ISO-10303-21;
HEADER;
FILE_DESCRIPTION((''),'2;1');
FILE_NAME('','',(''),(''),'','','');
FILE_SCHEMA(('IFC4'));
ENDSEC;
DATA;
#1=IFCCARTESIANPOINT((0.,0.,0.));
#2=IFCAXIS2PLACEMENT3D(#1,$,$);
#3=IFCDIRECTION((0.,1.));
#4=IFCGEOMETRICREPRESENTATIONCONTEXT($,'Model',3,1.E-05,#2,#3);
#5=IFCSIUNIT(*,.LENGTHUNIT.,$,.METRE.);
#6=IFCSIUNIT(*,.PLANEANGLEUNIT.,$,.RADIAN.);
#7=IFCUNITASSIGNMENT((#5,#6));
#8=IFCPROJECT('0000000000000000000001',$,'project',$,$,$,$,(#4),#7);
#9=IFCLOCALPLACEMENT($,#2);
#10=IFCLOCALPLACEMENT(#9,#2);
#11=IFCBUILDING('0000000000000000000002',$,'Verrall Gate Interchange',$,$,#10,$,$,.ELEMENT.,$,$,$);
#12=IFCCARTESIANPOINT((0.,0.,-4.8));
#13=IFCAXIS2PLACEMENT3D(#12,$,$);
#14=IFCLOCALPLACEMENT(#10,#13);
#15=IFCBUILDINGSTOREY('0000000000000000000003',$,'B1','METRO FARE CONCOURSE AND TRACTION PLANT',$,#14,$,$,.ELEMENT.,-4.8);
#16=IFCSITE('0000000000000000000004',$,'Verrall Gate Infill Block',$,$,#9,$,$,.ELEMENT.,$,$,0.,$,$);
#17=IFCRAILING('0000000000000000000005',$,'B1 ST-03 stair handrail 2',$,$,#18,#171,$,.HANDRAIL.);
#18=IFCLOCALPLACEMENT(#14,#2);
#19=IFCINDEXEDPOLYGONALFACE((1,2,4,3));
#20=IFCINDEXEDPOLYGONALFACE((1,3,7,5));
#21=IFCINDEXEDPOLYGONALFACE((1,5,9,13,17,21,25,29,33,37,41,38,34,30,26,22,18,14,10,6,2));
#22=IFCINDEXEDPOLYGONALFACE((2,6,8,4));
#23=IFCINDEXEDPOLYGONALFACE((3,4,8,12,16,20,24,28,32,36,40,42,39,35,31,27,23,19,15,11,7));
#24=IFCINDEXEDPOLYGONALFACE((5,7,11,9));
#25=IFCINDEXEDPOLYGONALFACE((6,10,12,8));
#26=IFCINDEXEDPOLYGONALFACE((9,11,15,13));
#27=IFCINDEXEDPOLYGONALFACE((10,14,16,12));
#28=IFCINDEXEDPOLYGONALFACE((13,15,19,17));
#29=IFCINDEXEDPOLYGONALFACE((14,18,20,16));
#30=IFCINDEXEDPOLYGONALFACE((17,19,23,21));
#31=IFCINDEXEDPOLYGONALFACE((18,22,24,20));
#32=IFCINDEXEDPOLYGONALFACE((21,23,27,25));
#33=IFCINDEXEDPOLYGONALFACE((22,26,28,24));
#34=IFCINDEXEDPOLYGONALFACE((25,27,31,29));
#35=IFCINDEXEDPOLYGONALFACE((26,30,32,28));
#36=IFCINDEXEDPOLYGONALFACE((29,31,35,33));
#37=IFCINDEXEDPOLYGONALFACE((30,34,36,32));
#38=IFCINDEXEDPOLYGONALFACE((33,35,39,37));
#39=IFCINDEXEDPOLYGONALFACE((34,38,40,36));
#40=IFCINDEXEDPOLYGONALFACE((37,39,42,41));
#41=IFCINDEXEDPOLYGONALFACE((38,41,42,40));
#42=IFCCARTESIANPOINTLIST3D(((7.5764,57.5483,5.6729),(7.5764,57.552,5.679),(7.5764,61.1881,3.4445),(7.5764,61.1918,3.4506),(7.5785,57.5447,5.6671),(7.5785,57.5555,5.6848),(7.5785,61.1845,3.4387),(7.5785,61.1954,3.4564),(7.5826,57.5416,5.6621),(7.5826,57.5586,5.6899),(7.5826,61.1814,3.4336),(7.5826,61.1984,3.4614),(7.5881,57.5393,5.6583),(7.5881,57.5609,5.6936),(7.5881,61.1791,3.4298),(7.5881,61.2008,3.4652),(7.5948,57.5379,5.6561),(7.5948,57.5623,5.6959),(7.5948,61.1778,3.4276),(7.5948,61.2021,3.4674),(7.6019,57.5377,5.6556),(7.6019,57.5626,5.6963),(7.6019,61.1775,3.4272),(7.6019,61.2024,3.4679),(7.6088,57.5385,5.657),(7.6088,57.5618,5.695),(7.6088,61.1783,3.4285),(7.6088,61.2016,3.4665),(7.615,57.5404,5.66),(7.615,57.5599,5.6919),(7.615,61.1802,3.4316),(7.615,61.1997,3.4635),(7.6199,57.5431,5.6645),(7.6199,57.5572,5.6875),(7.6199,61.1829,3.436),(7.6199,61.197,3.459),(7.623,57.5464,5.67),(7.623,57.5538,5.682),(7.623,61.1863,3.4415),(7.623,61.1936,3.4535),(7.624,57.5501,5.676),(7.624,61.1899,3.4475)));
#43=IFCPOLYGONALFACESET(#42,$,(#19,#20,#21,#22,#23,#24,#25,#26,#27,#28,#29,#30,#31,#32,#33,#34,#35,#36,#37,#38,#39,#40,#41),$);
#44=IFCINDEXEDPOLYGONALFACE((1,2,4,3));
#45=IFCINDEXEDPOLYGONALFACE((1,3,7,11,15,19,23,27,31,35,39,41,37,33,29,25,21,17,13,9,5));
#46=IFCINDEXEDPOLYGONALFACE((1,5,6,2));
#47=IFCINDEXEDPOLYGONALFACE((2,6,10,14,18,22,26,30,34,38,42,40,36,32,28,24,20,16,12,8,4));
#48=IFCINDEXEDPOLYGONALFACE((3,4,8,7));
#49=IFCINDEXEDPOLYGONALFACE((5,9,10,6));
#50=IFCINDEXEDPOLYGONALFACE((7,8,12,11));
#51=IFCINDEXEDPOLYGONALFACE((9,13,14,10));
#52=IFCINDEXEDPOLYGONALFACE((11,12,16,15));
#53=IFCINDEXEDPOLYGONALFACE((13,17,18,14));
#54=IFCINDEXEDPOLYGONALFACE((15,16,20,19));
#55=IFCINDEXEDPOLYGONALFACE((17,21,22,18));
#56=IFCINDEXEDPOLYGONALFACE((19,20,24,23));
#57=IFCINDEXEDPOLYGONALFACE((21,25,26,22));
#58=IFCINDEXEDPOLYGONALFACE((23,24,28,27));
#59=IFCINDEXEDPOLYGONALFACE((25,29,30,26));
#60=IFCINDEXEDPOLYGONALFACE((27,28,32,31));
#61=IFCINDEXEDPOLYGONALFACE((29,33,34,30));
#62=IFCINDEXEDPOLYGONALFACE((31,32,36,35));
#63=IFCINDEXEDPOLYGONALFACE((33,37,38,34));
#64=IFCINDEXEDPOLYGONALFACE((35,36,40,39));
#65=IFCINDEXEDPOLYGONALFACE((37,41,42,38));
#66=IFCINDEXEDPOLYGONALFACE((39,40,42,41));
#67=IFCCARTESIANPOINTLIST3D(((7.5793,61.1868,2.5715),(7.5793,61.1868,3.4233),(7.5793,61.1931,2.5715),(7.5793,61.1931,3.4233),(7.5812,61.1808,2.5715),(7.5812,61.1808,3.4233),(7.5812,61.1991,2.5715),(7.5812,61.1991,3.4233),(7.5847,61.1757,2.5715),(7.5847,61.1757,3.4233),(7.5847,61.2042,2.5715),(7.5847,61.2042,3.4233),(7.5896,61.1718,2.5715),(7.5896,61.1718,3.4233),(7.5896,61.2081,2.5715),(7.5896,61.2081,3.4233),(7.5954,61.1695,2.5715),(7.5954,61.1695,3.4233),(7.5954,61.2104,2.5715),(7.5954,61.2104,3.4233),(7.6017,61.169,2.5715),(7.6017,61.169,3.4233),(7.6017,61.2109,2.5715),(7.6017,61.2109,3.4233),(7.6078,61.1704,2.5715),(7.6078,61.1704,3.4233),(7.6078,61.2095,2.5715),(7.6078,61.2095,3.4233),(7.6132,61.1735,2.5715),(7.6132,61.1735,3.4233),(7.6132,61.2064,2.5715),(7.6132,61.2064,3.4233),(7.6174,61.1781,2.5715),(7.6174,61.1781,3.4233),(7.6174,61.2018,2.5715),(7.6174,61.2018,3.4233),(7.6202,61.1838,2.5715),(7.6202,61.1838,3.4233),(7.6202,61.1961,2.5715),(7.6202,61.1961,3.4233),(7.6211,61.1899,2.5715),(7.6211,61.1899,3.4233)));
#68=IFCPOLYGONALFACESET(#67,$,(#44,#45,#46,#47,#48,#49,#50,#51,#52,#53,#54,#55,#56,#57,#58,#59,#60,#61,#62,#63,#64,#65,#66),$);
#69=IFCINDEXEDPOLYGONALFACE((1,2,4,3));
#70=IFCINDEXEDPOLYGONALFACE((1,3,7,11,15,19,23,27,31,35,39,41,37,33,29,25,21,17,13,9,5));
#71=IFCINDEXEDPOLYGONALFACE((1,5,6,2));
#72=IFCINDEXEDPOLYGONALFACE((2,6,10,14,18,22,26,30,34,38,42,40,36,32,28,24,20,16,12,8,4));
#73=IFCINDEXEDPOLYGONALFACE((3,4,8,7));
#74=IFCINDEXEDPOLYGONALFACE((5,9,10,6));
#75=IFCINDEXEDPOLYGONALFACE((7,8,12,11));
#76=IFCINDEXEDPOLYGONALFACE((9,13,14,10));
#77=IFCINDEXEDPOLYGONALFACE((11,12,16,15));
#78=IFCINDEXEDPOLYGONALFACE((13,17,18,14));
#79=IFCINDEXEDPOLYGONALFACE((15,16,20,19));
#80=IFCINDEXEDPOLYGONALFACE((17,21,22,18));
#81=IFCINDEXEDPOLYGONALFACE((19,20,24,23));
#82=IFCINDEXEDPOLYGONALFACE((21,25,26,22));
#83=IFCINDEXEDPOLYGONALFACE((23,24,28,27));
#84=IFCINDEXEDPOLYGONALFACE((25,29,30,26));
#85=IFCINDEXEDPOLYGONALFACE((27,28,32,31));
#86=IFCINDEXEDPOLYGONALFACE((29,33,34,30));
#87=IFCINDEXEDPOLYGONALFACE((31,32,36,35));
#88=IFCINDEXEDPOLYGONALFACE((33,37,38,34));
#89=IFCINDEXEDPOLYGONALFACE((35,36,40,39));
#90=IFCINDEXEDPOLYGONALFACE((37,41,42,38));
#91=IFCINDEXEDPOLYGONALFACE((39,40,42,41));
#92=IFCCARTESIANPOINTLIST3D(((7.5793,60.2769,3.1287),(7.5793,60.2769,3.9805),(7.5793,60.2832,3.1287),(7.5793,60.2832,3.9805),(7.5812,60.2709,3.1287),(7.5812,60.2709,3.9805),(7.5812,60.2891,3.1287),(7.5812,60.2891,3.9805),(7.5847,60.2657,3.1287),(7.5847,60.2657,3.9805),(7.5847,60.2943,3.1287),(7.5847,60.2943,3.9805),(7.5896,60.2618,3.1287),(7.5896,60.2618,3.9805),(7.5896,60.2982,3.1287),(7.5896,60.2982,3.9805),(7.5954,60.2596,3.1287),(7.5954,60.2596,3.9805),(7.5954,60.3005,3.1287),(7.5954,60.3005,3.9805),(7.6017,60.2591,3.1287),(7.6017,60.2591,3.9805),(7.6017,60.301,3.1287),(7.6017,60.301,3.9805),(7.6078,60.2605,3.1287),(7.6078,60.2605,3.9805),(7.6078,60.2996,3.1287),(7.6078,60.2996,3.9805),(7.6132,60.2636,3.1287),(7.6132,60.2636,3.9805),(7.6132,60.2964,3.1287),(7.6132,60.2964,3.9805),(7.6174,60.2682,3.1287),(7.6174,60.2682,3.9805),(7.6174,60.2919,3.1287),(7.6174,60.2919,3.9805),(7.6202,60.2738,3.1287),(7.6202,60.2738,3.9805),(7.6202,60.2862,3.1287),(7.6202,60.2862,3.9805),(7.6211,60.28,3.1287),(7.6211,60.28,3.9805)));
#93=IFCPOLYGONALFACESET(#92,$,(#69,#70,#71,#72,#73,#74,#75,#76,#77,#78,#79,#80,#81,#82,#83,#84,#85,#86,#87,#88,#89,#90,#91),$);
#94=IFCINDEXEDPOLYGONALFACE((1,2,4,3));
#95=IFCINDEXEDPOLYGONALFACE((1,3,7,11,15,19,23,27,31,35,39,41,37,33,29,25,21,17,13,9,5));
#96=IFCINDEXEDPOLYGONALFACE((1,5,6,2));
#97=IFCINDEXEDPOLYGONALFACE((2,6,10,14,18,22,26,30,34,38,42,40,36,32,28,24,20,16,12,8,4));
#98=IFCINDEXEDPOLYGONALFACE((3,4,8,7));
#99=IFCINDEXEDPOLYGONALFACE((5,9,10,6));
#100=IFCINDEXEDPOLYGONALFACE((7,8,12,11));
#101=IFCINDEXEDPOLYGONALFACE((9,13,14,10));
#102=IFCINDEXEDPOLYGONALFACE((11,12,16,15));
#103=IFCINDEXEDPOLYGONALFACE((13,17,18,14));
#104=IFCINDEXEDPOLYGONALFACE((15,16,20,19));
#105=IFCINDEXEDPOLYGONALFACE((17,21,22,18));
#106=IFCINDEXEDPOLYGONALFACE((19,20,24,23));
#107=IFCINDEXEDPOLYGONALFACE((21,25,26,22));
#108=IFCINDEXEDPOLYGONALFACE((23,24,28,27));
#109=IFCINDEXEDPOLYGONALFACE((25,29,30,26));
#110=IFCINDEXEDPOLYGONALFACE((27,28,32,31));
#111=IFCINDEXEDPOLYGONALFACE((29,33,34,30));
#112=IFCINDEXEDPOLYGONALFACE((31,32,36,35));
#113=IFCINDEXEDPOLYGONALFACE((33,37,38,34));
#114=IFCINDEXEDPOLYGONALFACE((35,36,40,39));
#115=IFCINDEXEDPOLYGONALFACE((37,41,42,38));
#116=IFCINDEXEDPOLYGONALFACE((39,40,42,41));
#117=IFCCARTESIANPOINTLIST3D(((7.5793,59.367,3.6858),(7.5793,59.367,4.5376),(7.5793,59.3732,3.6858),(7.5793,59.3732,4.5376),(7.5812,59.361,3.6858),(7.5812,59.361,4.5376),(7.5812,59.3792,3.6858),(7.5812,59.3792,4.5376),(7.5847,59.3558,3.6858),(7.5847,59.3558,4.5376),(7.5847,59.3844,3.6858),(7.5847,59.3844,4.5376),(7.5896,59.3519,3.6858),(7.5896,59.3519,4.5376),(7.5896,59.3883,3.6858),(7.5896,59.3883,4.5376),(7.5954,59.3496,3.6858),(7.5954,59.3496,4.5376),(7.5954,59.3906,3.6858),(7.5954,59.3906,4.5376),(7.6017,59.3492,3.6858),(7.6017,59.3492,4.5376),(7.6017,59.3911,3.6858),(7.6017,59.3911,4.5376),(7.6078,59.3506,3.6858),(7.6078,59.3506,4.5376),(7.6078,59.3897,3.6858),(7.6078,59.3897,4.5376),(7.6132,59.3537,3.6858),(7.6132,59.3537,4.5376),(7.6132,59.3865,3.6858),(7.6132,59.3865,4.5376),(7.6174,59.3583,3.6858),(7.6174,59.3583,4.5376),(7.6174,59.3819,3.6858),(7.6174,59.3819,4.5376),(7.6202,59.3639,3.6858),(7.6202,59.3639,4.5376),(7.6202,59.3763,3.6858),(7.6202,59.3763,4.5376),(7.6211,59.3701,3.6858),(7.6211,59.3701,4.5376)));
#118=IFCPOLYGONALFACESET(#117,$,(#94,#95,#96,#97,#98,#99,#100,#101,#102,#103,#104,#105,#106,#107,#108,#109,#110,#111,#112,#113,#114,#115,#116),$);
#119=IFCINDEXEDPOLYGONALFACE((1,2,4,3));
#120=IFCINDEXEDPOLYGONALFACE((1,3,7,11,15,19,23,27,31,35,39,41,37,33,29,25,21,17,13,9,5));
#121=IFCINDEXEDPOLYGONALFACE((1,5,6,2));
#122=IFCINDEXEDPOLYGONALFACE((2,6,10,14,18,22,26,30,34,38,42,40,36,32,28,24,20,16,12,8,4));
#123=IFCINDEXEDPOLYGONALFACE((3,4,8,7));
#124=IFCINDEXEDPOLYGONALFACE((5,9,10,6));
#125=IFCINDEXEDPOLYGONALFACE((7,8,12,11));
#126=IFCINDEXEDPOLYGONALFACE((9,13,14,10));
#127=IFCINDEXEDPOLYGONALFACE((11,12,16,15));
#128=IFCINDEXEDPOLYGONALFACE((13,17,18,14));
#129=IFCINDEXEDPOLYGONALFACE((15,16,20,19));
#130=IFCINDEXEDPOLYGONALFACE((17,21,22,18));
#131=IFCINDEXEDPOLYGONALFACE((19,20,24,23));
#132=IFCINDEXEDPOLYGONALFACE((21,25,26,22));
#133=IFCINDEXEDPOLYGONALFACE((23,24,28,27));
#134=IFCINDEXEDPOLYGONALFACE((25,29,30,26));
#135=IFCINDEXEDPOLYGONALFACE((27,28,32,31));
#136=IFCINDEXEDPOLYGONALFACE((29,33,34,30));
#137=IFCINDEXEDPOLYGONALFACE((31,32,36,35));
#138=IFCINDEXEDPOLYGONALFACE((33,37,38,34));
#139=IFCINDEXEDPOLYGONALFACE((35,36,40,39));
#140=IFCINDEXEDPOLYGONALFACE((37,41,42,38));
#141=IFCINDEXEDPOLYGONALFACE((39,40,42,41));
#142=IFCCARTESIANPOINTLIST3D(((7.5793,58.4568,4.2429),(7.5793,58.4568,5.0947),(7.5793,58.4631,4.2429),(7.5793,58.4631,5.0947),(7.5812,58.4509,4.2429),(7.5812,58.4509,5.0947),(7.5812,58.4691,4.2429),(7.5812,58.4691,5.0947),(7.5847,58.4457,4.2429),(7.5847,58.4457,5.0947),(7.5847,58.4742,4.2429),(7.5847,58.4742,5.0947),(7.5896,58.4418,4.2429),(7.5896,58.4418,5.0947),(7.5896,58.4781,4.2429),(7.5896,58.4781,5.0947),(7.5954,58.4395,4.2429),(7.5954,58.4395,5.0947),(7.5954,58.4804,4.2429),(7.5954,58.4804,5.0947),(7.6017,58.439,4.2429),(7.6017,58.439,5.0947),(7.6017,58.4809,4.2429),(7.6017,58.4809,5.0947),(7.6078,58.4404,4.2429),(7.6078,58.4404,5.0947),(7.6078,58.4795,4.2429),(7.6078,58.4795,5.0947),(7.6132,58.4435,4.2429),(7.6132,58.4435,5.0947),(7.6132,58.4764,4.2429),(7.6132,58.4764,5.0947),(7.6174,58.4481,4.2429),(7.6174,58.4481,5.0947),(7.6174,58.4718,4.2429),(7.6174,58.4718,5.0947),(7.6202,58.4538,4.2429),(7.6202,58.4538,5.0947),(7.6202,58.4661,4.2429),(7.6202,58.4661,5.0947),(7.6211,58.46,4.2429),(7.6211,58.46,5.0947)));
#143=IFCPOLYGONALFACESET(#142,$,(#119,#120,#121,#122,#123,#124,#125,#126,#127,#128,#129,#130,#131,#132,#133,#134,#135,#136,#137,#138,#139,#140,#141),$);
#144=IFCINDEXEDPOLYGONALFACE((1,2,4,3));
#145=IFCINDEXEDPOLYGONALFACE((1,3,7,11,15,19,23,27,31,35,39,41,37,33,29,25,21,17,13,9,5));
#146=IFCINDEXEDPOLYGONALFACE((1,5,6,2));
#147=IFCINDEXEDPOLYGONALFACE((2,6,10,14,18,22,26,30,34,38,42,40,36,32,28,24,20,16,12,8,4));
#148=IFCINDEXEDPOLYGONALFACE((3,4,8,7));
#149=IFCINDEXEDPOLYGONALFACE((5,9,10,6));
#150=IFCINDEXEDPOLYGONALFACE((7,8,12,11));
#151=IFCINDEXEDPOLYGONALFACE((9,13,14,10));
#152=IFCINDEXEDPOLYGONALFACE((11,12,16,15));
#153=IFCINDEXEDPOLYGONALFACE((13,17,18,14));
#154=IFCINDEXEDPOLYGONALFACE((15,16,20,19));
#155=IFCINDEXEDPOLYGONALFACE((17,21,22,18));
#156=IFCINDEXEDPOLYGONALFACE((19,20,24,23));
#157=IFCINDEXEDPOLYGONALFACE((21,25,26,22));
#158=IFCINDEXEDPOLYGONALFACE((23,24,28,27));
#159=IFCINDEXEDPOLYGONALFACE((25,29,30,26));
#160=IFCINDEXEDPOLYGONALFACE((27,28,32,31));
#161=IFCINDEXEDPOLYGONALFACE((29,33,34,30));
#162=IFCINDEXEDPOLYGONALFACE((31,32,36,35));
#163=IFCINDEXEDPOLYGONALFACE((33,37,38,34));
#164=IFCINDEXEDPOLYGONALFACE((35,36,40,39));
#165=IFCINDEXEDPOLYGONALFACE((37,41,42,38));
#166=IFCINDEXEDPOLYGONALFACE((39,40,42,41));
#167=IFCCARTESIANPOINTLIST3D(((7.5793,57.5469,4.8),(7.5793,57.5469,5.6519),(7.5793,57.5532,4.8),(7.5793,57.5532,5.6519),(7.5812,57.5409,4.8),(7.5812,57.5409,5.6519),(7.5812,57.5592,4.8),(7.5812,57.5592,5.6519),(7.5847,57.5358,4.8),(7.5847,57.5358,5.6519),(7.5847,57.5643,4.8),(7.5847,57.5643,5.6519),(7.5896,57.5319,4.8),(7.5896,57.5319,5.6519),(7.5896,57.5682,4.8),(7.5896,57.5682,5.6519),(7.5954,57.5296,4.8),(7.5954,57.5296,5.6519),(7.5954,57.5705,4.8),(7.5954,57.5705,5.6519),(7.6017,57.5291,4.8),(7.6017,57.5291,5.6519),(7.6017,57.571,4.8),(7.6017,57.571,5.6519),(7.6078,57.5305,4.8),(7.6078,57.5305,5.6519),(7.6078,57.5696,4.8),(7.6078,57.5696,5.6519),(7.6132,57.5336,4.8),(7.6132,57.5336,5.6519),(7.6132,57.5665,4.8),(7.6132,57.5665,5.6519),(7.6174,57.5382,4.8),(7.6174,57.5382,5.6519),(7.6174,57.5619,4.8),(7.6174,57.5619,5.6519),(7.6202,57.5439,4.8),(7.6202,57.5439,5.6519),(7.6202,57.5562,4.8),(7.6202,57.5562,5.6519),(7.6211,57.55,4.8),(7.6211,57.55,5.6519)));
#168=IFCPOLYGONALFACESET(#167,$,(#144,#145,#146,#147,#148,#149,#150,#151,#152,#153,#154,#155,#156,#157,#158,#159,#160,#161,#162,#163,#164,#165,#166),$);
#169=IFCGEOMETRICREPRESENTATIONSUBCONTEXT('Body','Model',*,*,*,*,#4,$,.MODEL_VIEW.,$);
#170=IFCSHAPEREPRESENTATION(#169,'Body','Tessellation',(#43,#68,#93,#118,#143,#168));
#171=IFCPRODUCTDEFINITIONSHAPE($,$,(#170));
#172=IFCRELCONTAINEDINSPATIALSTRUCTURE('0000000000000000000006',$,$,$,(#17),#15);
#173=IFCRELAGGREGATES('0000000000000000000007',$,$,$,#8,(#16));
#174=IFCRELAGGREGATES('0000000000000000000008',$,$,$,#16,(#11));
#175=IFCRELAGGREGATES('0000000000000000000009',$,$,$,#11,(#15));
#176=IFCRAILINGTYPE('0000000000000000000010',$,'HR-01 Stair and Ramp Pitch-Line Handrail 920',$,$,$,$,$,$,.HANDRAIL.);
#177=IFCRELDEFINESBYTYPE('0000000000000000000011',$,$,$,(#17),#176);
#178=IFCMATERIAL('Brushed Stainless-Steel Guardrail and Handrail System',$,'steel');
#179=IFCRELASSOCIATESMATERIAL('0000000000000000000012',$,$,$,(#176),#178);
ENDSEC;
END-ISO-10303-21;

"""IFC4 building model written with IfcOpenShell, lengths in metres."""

from ifc_helpers import new_model, si_unit, direction, frame, origin, origin_2d, place, context, subcontext, project, spatial, circle, extrude, material, type_object, element, save


model = new_model("IFC4")

# Units and contexts
model_context = context("Model", 3, precision=1e-05, world=origin(), true_north=direction((0.0, 1.0)))
body_context = subcontext(model_context, "Body", "Model", "MODEL_VIEW")
ifc_project = project(units=[si_unit("LENGTHUNIT", "METRE"), si_unit("PLANEANGLEUNIT", "RADIAN")], contexts=[model_context])

# Site, building, storey
site_placement = place(None, origin())
site = spatial("IfcSite", under=ifc_project, at=site_placement, Name="Verrall Gate Infill Block", CompositionType="ELEMENT", RefElevation=0.0)
building_placement = place(site_placement, origin())
building = spatial("IfcBuilding", under=site, at=building_placement, Name="Verrall Gate Interchange", CompositionType="ELEMENT")
storey_placement = place(building_placement, frame((0.0, 0.0, -4.8)))
storey = spatial("IfcBuildingStorey", under=building, at=storey_placement, Name="B1", Description="METRO FARE CONCOURSE AND TRACTION PLANT", CompositionType="ELEMENT", Elevation=-4.8)

# Railing
ifc_material_1 = material(Name="Brushed Stainless-Steel Guardrail and Handrail System", Category="steel")
railing_type_1 = type_object("IfcRailingType", Name="HR-01 Stair and Ramp Pitch-Line Handrail 920", PredefinedType="HANDRAIL", material=ifc_material_1)
railing_1_placement = place(storey_placement, frame((7.6001, 61.1899, 2.5715)))
element("IfcRailing", 1, at=railing_1_placement, inside=storey, type_object=railing_type_1, Name="B1 ST-03 stair handrail 2", PredefinedType="HANDRAIL", context=body_context, shape_type="SweptSolid", body=[
    extrude(circle(Radius=0.0239, at=origin_2d()), frame((0.0, 0.0, 0.876), z_axis=(0.0, -0.85285, 0.522156), x_axis=(1.0, 0.0, 0.0)), (0.0, 0.0, 1.0), 4.2678),
    extrude(circle(Radius=0.021, at=origin_2d()), origin(), (0.0, 0.0, 1.0), 0.8518),
    extrude(circle(Radius=0.021, at=origin_2d()), frame((0.0, -0.9099, 0.5571)), (0.0, 0.0, 1.0), 0.8518),
    extrude(circle(Radius=0.021, at=origin_2d()), frame((0.0, -1.8198, 1.1143)), (0.0, 0.0, 1.0), 0.8518),
    extrude(circle(Radius=0.021, at=origin_2d()), frame((0.0, -2.73, 1.6714)), (0.0, 0.0, 1.0), 0.8518),
    extrude(circle(Radius=0.021, at=origin_2d()), frame((0.0, -3.6399, 2.2285)), (0.0, 0.0, 1.0), 0.8518),
])

save(model, "model.ifc")
